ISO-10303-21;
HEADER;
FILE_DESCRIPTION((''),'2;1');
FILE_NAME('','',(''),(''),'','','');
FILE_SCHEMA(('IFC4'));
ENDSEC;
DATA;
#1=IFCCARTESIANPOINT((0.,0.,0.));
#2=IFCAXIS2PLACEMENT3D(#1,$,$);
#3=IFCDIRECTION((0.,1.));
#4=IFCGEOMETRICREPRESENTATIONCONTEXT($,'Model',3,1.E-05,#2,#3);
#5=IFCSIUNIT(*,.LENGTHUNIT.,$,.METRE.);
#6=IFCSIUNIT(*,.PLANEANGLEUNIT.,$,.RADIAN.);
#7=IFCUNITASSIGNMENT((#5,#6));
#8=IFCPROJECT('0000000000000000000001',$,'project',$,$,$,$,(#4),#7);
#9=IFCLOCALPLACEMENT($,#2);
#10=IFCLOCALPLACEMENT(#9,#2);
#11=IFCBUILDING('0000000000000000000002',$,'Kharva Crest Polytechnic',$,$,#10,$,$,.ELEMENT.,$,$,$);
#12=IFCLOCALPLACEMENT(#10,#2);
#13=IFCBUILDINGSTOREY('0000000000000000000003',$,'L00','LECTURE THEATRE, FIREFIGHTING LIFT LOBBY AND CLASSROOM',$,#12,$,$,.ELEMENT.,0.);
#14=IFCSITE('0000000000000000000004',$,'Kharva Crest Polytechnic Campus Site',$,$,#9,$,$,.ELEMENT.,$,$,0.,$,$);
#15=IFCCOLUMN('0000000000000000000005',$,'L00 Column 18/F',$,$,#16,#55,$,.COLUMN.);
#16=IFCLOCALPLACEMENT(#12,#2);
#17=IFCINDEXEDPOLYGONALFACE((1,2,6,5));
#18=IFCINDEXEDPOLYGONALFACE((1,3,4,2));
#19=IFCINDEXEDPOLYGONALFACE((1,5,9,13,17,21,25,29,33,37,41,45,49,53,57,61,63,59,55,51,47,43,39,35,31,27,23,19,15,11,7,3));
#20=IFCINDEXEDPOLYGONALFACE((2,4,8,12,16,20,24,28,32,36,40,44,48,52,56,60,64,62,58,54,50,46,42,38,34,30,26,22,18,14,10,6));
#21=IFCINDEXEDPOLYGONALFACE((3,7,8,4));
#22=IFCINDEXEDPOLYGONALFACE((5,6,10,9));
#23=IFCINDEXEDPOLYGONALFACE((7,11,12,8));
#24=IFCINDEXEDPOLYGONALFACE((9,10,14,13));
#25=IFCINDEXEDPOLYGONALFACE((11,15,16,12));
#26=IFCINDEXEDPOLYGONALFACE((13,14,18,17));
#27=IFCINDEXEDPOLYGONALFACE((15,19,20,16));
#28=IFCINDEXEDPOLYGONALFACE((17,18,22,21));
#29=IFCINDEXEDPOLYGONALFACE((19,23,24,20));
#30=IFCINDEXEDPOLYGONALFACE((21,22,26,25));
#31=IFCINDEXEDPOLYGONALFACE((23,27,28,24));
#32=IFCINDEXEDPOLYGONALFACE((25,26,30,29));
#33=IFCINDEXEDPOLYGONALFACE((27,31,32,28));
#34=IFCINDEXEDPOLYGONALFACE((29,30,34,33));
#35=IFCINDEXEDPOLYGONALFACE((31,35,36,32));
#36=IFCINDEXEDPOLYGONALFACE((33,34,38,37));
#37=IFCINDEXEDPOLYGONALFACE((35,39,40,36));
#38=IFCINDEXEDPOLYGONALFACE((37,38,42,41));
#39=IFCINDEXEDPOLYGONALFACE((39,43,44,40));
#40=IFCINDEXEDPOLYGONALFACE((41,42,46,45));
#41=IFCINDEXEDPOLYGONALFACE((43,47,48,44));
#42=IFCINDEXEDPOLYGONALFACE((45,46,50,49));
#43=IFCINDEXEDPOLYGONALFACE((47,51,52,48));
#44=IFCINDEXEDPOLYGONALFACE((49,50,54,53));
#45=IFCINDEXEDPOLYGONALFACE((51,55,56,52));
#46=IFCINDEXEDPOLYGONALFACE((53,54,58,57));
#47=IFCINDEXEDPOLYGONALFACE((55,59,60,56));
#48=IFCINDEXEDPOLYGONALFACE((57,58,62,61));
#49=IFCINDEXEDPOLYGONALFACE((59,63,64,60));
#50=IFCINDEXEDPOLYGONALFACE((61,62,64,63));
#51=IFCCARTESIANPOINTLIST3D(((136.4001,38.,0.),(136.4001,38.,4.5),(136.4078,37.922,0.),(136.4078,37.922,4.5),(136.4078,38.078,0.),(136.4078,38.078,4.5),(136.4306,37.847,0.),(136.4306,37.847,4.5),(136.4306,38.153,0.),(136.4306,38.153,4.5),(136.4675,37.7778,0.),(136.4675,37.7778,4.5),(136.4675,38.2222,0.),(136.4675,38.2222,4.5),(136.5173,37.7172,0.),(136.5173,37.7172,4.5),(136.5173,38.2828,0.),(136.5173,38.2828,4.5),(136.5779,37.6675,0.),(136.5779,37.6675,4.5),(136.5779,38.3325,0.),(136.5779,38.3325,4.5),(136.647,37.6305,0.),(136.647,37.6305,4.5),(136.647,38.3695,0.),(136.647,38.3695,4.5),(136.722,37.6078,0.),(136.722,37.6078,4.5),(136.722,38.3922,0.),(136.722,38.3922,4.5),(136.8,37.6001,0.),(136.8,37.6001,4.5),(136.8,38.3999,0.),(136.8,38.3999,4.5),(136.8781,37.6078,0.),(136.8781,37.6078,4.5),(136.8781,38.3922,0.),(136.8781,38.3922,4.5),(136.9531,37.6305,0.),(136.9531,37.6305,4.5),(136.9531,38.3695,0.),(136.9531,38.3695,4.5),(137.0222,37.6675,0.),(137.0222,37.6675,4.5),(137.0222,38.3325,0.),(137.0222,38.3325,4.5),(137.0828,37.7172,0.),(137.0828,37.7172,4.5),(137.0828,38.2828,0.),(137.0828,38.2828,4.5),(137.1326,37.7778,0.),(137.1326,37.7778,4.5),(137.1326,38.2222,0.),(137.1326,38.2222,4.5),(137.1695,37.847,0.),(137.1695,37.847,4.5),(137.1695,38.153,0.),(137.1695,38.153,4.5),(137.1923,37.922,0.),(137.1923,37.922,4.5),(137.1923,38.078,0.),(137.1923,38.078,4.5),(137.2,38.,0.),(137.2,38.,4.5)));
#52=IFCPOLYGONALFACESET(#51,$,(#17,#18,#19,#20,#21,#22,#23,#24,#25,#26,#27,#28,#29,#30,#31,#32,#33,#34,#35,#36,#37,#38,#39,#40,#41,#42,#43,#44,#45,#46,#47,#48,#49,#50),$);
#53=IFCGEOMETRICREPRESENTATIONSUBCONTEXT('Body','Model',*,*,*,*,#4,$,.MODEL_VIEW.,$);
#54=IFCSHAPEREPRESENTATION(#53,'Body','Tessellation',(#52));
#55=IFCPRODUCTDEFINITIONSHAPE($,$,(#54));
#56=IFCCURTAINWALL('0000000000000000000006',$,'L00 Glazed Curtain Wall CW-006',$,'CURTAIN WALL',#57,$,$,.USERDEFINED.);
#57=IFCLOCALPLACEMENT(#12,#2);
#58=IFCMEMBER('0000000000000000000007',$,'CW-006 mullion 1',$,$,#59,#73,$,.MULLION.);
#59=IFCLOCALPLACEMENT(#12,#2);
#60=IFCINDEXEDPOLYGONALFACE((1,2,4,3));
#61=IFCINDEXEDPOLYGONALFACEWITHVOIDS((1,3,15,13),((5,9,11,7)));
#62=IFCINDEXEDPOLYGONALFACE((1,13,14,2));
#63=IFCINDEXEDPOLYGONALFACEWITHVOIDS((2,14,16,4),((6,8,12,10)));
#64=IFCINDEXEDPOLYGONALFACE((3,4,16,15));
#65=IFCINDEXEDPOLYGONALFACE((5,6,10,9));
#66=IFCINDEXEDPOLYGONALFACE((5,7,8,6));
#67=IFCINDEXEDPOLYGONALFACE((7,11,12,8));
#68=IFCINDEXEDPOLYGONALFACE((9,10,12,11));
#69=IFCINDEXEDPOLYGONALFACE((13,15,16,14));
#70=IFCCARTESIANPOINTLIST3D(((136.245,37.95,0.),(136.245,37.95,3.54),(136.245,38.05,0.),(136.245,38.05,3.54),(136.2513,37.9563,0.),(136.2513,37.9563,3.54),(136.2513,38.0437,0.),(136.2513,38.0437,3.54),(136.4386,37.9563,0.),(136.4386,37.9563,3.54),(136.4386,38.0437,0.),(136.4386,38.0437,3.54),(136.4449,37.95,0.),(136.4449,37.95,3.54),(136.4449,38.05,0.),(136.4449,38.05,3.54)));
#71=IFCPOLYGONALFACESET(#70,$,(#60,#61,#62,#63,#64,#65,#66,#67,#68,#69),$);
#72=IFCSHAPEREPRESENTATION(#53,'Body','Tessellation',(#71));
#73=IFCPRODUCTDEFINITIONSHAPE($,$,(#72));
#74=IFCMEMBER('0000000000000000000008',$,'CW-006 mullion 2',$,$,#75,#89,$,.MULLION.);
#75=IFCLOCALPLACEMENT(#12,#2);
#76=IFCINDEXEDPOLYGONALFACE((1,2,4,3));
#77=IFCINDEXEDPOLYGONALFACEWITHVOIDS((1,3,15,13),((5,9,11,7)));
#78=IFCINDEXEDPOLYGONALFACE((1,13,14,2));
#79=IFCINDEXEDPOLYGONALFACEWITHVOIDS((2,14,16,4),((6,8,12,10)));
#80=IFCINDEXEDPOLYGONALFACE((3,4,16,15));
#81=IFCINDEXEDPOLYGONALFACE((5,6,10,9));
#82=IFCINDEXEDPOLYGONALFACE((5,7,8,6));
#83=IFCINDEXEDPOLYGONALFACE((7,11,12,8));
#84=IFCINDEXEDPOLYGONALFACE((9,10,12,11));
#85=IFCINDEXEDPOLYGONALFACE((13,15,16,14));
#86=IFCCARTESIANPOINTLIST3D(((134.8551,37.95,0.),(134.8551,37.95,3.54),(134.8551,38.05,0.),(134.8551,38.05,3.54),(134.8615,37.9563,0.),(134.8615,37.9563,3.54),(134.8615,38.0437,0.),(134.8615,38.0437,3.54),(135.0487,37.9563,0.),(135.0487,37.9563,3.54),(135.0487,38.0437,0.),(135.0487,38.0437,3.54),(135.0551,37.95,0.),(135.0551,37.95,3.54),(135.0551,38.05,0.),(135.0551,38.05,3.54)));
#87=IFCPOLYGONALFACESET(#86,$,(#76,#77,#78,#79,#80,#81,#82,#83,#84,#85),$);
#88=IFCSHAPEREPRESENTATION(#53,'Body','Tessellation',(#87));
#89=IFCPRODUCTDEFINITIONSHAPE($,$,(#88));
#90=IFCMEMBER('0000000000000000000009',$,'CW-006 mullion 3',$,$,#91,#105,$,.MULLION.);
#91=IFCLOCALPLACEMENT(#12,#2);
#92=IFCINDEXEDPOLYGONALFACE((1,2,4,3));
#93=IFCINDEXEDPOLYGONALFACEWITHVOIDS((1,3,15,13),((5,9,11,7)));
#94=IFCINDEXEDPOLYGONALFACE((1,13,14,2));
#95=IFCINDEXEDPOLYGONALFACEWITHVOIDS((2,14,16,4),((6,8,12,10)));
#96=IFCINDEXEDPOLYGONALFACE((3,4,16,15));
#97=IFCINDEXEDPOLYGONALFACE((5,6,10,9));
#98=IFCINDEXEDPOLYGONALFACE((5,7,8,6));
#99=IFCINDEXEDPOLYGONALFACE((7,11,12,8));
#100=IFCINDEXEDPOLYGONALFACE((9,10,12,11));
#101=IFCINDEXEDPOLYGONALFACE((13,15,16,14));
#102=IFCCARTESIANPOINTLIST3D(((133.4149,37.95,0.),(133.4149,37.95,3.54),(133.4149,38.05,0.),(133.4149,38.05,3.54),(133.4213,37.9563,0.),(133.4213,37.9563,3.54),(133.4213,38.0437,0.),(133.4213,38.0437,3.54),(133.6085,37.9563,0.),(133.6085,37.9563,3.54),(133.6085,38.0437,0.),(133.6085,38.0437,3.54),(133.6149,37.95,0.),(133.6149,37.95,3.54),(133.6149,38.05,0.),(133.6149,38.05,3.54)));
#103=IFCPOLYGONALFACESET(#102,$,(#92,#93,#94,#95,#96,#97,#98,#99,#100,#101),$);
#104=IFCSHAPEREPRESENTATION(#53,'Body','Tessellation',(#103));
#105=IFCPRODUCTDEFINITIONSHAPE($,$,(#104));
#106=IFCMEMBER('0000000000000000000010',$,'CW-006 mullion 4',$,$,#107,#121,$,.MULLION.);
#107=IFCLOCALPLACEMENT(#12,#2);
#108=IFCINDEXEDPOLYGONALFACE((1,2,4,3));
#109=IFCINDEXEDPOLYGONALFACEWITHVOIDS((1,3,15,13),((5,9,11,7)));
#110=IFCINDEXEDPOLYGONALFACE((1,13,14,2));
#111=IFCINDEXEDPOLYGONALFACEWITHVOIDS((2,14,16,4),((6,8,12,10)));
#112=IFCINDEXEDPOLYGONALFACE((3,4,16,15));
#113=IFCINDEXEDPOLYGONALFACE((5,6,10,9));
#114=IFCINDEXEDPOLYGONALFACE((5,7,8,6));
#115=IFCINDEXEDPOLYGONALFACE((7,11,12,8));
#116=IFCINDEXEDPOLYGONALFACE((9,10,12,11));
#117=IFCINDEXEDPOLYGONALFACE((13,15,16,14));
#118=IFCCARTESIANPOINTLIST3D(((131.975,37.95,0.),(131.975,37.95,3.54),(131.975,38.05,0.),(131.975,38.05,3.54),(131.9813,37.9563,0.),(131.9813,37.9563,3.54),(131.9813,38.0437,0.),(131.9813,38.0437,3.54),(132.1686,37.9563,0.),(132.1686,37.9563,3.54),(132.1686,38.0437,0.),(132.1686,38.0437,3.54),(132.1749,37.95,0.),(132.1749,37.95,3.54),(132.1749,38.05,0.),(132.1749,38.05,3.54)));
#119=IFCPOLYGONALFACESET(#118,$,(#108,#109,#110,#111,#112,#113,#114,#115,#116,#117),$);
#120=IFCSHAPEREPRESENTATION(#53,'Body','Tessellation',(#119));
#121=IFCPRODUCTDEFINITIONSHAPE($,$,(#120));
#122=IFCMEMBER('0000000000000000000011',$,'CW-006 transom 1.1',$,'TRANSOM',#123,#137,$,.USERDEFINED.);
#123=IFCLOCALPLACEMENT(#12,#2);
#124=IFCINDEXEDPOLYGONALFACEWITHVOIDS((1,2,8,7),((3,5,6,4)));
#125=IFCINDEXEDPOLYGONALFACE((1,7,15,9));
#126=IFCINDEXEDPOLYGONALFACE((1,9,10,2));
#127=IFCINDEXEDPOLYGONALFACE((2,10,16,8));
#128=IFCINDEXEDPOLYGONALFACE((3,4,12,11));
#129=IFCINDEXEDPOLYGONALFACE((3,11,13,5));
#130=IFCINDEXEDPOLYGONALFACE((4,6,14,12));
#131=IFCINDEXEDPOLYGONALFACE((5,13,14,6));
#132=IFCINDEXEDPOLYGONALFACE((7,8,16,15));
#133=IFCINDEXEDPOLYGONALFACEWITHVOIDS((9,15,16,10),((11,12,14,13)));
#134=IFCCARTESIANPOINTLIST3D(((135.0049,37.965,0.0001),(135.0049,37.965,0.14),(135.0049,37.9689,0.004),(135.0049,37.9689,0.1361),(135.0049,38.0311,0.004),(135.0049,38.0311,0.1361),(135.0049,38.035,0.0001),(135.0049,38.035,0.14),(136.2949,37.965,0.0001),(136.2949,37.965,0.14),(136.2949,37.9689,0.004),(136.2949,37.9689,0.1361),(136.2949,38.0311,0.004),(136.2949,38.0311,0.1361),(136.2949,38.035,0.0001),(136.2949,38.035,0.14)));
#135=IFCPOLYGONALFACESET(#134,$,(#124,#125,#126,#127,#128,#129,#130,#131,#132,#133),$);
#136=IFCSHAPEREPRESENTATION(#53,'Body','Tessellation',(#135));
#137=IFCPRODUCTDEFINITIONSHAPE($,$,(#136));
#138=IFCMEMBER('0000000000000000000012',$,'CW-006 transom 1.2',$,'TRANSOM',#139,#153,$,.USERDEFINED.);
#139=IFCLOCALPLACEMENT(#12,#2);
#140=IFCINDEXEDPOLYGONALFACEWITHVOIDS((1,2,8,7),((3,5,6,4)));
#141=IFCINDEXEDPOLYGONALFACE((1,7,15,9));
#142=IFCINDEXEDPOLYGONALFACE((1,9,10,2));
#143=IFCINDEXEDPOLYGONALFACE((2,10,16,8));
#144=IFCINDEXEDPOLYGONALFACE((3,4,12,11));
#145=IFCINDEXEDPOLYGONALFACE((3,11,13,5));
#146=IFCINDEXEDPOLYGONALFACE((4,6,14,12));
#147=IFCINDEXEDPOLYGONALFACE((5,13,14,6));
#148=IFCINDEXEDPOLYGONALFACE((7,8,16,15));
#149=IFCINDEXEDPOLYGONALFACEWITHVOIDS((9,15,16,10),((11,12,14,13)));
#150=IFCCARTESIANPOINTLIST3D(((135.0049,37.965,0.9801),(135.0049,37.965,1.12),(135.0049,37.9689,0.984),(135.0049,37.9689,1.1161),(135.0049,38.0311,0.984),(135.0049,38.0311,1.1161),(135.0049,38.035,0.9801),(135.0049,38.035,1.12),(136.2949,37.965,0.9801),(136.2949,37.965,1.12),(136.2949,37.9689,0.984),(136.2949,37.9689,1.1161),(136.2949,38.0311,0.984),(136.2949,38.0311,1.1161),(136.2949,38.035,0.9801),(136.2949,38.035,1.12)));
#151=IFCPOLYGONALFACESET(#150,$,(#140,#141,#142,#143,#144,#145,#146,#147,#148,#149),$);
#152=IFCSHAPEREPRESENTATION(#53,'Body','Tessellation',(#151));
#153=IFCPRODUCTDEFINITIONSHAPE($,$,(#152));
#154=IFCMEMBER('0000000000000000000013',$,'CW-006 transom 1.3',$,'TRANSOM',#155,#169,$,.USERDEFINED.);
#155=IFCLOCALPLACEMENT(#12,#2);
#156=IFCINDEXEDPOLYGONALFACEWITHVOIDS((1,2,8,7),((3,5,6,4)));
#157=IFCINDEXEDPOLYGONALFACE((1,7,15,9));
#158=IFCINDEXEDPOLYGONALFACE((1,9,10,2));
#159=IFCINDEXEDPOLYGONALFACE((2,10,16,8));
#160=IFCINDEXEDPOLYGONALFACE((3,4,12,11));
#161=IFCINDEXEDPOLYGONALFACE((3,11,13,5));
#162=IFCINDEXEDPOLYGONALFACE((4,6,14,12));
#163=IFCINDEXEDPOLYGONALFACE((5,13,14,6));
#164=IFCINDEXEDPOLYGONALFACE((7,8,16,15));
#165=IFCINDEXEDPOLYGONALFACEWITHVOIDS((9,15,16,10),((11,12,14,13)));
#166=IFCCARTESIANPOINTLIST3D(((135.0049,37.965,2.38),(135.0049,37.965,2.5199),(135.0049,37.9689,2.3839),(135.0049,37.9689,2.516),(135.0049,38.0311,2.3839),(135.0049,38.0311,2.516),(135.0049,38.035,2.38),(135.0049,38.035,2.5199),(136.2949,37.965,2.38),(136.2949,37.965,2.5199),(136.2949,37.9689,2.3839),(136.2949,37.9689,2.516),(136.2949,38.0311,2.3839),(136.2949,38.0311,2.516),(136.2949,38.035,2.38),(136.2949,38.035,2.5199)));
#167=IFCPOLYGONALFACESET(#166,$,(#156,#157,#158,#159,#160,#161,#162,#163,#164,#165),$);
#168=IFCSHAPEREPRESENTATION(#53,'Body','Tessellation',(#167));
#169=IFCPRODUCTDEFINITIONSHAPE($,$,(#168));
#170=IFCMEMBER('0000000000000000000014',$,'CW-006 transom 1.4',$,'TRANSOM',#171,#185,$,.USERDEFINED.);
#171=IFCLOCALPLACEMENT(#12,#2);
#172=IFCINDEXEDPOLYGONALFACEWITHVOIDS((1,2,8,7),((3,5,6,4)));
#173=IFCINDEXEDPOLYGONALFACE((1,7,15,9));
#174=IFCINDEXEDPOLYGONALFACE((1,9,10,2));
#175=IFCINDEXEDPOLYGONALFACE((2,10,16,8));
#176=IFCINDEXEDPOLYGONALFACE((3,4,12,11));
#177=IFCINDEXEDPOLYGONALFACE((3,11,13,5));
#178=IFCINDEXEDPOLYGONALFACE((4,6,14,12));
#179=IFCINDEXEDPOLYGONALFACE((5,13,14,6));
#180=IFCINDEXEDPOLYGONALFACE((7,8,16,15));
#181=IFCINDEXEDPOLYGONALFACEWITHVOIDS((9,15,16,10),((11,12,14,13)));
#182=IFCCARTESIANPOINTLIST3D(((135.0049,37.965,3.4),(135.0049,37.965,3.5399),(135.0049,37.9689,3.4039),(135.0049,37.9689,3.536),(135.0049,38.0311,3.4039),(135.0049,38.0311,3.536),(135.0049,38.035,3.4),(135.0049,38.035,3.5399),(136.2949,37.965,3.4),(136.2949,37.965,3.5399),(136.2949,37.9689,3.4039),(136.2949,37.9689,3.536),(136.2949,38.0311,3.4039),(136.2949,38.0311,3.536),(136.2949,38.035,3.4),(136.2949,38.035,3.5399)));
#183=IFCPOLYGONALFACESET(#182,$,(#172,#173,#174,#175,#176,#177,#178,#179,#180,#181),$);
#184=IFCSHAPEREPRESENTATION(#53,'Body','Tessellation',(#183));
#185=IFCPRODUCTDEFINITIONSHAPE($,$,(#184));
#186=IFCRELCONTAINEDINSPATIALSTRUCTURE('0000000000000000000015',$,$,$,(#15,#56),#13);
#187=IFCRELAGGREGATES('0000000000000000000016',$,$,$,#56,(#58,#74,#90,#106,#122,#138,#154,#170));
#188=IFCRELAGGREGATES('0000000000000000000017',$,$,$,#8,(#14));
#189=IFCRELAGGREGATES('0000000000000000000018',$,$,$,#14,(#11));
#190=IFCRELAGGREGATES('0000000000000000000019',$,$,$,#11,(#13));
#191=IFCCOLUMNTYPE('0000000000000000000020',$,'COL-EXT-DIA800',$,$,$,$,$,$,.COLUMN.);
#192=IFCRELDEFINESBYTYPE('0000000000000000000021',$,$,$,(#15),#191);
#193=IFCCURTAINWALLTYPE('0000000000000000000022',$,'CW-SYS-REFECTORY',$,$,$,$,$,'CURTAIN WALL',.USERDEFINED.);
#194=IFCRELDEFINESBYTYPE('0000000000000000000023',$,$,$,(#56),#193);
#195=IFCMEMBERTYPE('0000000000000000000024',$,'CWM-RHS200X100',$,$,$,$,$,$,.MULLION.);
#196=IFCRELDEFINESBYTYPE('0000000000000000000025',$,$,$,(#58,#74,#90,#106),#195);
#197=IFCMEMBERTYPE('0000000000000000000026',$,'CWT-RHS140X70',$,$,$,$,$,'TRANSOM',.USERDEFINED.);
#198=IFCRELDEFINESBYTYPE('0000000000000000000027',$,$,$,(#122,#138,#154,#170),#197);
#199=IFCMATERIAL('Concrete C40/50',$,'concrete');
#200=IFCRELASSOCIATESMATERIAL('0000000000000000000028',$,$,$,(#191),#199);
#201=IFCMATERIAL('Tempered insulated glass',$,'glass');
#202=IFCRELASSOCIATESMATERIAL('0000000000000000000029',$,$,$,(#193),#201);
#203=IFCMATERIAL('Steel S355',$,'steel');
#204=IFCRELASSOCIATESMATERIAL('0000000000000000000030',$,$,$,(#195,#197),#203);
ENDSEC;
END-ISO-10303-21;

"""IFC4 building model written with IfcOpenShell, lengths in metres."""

from ifc_helpers import new_model, si_unit, direction, frame, origin, origin_2d, place, context, subcontext, project, spatial, hollow_rectangle, circle, extrude, material, material_profile, profile_set, type_object, element, aggregate, save


model = new_model("IFC4")

# Units and contexts
model_context = context("Model", 3, precision=1e-05, world=origin(), true_north=direction((0.0, 1.0)))
body_context = subcontext(model_context, "Body", "Model", "MODEL_VIEW")
ifc_project = project(units=[si_unit("LENGTHUNIT", "METRE"), si_unit("PLANEANGLEUNIT", "RADIAN")], contexts=[model_context])

# Site, building, storey
site_placement = place(None, origin())
site = spatial("IfcSite", under=ifc_project, at=site_placement, Name="Kharva Crest Polytechnic Campus Site", CompositionType="ELEMENT", RefElevation=0.0)
building_placement = place(site_placement, origin())
building = spatial("IfcBuilding", under=site, at=building_placement, Name="Kharva Crest Polytechnic", CompositionType="ELEMENT")
storey_placement = place(building_placement, origin())
storey = spatial("IfcBuildingStorey", under=building, at=storey_placement, Name="L00", Description="LECTURE THEATRE, FIREFIGHTING LIFT LOBBY AND CLASSROOM", CompositionType="ELEMENT", Elevation=0.0)

# Column
ifc_material_1 = material(Name="Concrete C40/50", Category="concrete")
ifc_material_profile_1 = material_profile(ifc_material_1, circle(Radius=0.3999, at=origin_2d()), Name="DIA 800")
ifc_profile_set_1 = profile_set([ifc_material_profile_1], Name="Concrete C40/50")
column_type = type_object("IfcColumnType", Name="COL-EXT-DIA800", PredefinedType="COLUMN", material=ifc_profile_set_1)
column_placement = place(storey_placement, frame((136.8, 38.0, 0.0), z_axis=(0.0, 0.0, 1.0), x_axis=(1.0, 0.0, 0.0)))
element("IfcColumn", 1, at=column_placement, inside=storey, type_object=column_type, Name="L00 Column 18/F", PredefinedType="COLUMN", context=body_context, shape_type="SweptSolid", body=[
    extrude(circle(Radius=0.3999, at=origin_2d()), origin(), (0.0, 0.0, 1.0), 4.5),
])

# Curtain wall, members
ifc_material_2 = material(Name="Tempered insulated glass", Category="glass")
curtain_wall_type = type_object("IfcCurtainWallType", Name="CW-SYS-REFECTORY", ElementType="CURTAIN WALL", PredefinedType="USERDEFINED", material=ifc_material_2)
curtain_wall_placement = place(storey_placement, origin())
curtain_wall = element("IfcCurtainWall", 2, at=curtain_wall_placement, inside=storey, type_object=curtain_wall_type, Name="L00 Glazed Curtain Wall CW-006", ObjectType="CURTAIN WALL", PredefinedType="USERDEFINED")
ifc_material_3 = material(Name="Steel S355", Category="steel")
ifc_material_profile_2 = material_profile(ifc_material_3, hollow_rectangle(XDim=0.1001, YDim=0.2, WallThickness=0.0063, at=origin_2d()), Name="RHS 200X100X6.3")
ifc_profile_set_2 = profile_set([ifc_material_profile_2], Name="Steel S355")
member_type_1 = type_object("IfcMemberType", Name="CWM-RHS200X100", PredefinedType="MULLION", material=ifc_profile_set_2)
member_1_placement = place(storey_placement, frame((136.345, 38.0, 0.0), z_axis=(0.0, 0.0, 1.0), x_axis=(0.0, -1.0, 0.0)))
member_1 = element("IfcMember", 3, at=member_1_placement, type_object=member_type_1, Name="CW-006 mullion 1", PredefinedType="MULLION", context=body_context, shape_type="SweptSolid", body=[
    extrude(hollow_rectangle(XDim=0.1001, YDim=0.2, WallThickness=0.0063, at=origin_2d()), origin(), (0.0, 0.0, 1.0), 3.54),
])
member_2_placement = place(storey_placement, frame((134.9551, 38.0, 0.0), z_axis=(0.0, 0.0, 1.0), x_axis=(0.0, -1.0, 0.0)))
member_2 = element("IfcMember", 4, at=member_2_placement, type_object=member_type_1, Name="CW-006 mullion 2", PredefinedType="MULLION", context=body_context, shape_type="SweptSolid", body=[
    extrude(hollow_rectangle(XDim=0.1001, YDim=0.2, WallThickness=0.0063, at=origin_2d()), origin(), (0.0, 0.0, 1.0), 3.54),
])
member_3_placement = place(storey_placement, frame((133.5149, 38.0, 0.0), z_axis=(0.0, 0.0, 1.0), x_axis=(0.0, -1.0, 0.0)))
member_3 = element("IfcMember", 5, at=member_3_placement, type_object=member_type_1, Name="CW-006 mullion 3", PredefinedType="MULLION", context=body_context, shape_type="SweptSolid", body=[
    extrude(hollow_rectangle(XDim=0.1001, YDim=0.2, WallThickness=0.0063, at=origin_2d()), origin(), (0.0, 0.0, 1.0), 3.54),
])
member_4_placement = place(storey_placement, frame((132.075, 38.0, 0.0), z_axis=(0.0, 0.0, 1.0), x_axis=(0.0, -1.0, 0.0)))
member_4 = element("IfcMember", 6, at=member_4_placement, type_object=member_type_1, Name="CW-006 mullion 4", PredefinedType="MULLION", context=body_context, shape_type="SweptSolid", body=[
    extrude(hollow_rectangle(XDim=0.1001, YDim=0.2, WallThickness=0.0063, at=origin_2d()), origin(), (0.0, 0.0, 1.0), 3.54),
])
ifc_material_profile_3 = material_profile(ifc_material_3, hollow_rectangle(XDim=0.0701, YDim=0.1399, WallThickness=0.0039, at=origin_2d()), Name="RHS 140X70X4.0")
ifc_profile_set_3 = profile_set([ifc_material_profile_3], Name="Steel S355")
member_type_2 = type_object("IfcMemberType", Name="CWT-RHS140X70", ElementType="TRANSOM", PredefinedType="USERDEFINED", material=ifc_profile_set_3)
member_5_placement = place(storey_placement, frame((136.2949, 38.0, 0.0701), z_axis=(-1.0, 0.0, 0.0), x_axis=(0.0, -1.0, 0.0)))
member_5 = element("IfcMember", 7, at=member_5_placement, type_object=member_type_2, Name="CW-006 transom 1.1", ObjectType="TRANSOM", PredefinedType="USERDEFINED", context=body_context, shape_type="SweptSolid", body=[
    extrude(hollow_rectangle(XDim=0.0701, YDim=0.1399, WallThickness=0.0039, at=origin_2d()), origin(), (0.0, 0.0, 1.0), 1.29),
])
member_6_placement = place(storey_placement, frame((136.2949, 38.0, 1.05), z_axis=(-1.0, 0.0, 0.0), x_axis=(0.0, -1.0, 0.0)))
member_6 = element("IfcMember", 8, at=member_6_placement, type_object=member_type_2, Name="CW-006 transom 1.2", ObjectType="TRANSOM", PredefinedType="USERDEFINED", context=body_context, shape_type="SweptSolid", body=[
    extrude(hollow_rectangle(XDim=0.0701, YDim=0.1399, WallThickness=0.0039, at=origin_2d()), origin(), (0.0, 0.0, 1.0), 1.29),
])
member_7_placement = place(storey_placement, frame((136.2949, 38.0, 2.45), z_axis=(-1.0, 0.0, 0.0), x_axis=(0.0, -1.0, 0.0)))
member_7 = element("IfcMember", 9, at=member_7_placement, type_object=member_type_2, Name="CW-006 transom 1.3", ObjectType="TRANSOM", PredefinedType="USERDEFINED", context=body_context, shape_type="SweptSolid", body=[
    extrude(hollow_rectangle(XDim=0.0701, YDim=0.1399, WallThickness=0.0039, at=origin_2d()), origin(), (0.0, 0.0, 1.0), 1.29),
])
member_8_placement = place(storey_placement, frame((136.2949, 38.0, 3.47), z_axis=(-1.0, 0.0, 0.0), x_axis=(0.0, -1.0, 0.0)))
member_8 = element("IfcMember", 10, at=member_8_placement, type_object=member_type_2, Name="CW-006 transom 1.4", ObjectType="TRANSOM", PredefinedType="USERDEFINED", context=body_context, shape_type="SweptSolid", body=[
    extrude(hollow_rectangle(XDim=0.0701, YDim=0.1399, WallThickness=0.0039, at=origin_2d()), origin(), (0.0, 0.0, 1.0), 1.29),
])

aggregate(curtain_wall, [member_1, member_2, member_3, member_4, member_5, member_6, member_7, member_8])

save(model, "model.ifc")
